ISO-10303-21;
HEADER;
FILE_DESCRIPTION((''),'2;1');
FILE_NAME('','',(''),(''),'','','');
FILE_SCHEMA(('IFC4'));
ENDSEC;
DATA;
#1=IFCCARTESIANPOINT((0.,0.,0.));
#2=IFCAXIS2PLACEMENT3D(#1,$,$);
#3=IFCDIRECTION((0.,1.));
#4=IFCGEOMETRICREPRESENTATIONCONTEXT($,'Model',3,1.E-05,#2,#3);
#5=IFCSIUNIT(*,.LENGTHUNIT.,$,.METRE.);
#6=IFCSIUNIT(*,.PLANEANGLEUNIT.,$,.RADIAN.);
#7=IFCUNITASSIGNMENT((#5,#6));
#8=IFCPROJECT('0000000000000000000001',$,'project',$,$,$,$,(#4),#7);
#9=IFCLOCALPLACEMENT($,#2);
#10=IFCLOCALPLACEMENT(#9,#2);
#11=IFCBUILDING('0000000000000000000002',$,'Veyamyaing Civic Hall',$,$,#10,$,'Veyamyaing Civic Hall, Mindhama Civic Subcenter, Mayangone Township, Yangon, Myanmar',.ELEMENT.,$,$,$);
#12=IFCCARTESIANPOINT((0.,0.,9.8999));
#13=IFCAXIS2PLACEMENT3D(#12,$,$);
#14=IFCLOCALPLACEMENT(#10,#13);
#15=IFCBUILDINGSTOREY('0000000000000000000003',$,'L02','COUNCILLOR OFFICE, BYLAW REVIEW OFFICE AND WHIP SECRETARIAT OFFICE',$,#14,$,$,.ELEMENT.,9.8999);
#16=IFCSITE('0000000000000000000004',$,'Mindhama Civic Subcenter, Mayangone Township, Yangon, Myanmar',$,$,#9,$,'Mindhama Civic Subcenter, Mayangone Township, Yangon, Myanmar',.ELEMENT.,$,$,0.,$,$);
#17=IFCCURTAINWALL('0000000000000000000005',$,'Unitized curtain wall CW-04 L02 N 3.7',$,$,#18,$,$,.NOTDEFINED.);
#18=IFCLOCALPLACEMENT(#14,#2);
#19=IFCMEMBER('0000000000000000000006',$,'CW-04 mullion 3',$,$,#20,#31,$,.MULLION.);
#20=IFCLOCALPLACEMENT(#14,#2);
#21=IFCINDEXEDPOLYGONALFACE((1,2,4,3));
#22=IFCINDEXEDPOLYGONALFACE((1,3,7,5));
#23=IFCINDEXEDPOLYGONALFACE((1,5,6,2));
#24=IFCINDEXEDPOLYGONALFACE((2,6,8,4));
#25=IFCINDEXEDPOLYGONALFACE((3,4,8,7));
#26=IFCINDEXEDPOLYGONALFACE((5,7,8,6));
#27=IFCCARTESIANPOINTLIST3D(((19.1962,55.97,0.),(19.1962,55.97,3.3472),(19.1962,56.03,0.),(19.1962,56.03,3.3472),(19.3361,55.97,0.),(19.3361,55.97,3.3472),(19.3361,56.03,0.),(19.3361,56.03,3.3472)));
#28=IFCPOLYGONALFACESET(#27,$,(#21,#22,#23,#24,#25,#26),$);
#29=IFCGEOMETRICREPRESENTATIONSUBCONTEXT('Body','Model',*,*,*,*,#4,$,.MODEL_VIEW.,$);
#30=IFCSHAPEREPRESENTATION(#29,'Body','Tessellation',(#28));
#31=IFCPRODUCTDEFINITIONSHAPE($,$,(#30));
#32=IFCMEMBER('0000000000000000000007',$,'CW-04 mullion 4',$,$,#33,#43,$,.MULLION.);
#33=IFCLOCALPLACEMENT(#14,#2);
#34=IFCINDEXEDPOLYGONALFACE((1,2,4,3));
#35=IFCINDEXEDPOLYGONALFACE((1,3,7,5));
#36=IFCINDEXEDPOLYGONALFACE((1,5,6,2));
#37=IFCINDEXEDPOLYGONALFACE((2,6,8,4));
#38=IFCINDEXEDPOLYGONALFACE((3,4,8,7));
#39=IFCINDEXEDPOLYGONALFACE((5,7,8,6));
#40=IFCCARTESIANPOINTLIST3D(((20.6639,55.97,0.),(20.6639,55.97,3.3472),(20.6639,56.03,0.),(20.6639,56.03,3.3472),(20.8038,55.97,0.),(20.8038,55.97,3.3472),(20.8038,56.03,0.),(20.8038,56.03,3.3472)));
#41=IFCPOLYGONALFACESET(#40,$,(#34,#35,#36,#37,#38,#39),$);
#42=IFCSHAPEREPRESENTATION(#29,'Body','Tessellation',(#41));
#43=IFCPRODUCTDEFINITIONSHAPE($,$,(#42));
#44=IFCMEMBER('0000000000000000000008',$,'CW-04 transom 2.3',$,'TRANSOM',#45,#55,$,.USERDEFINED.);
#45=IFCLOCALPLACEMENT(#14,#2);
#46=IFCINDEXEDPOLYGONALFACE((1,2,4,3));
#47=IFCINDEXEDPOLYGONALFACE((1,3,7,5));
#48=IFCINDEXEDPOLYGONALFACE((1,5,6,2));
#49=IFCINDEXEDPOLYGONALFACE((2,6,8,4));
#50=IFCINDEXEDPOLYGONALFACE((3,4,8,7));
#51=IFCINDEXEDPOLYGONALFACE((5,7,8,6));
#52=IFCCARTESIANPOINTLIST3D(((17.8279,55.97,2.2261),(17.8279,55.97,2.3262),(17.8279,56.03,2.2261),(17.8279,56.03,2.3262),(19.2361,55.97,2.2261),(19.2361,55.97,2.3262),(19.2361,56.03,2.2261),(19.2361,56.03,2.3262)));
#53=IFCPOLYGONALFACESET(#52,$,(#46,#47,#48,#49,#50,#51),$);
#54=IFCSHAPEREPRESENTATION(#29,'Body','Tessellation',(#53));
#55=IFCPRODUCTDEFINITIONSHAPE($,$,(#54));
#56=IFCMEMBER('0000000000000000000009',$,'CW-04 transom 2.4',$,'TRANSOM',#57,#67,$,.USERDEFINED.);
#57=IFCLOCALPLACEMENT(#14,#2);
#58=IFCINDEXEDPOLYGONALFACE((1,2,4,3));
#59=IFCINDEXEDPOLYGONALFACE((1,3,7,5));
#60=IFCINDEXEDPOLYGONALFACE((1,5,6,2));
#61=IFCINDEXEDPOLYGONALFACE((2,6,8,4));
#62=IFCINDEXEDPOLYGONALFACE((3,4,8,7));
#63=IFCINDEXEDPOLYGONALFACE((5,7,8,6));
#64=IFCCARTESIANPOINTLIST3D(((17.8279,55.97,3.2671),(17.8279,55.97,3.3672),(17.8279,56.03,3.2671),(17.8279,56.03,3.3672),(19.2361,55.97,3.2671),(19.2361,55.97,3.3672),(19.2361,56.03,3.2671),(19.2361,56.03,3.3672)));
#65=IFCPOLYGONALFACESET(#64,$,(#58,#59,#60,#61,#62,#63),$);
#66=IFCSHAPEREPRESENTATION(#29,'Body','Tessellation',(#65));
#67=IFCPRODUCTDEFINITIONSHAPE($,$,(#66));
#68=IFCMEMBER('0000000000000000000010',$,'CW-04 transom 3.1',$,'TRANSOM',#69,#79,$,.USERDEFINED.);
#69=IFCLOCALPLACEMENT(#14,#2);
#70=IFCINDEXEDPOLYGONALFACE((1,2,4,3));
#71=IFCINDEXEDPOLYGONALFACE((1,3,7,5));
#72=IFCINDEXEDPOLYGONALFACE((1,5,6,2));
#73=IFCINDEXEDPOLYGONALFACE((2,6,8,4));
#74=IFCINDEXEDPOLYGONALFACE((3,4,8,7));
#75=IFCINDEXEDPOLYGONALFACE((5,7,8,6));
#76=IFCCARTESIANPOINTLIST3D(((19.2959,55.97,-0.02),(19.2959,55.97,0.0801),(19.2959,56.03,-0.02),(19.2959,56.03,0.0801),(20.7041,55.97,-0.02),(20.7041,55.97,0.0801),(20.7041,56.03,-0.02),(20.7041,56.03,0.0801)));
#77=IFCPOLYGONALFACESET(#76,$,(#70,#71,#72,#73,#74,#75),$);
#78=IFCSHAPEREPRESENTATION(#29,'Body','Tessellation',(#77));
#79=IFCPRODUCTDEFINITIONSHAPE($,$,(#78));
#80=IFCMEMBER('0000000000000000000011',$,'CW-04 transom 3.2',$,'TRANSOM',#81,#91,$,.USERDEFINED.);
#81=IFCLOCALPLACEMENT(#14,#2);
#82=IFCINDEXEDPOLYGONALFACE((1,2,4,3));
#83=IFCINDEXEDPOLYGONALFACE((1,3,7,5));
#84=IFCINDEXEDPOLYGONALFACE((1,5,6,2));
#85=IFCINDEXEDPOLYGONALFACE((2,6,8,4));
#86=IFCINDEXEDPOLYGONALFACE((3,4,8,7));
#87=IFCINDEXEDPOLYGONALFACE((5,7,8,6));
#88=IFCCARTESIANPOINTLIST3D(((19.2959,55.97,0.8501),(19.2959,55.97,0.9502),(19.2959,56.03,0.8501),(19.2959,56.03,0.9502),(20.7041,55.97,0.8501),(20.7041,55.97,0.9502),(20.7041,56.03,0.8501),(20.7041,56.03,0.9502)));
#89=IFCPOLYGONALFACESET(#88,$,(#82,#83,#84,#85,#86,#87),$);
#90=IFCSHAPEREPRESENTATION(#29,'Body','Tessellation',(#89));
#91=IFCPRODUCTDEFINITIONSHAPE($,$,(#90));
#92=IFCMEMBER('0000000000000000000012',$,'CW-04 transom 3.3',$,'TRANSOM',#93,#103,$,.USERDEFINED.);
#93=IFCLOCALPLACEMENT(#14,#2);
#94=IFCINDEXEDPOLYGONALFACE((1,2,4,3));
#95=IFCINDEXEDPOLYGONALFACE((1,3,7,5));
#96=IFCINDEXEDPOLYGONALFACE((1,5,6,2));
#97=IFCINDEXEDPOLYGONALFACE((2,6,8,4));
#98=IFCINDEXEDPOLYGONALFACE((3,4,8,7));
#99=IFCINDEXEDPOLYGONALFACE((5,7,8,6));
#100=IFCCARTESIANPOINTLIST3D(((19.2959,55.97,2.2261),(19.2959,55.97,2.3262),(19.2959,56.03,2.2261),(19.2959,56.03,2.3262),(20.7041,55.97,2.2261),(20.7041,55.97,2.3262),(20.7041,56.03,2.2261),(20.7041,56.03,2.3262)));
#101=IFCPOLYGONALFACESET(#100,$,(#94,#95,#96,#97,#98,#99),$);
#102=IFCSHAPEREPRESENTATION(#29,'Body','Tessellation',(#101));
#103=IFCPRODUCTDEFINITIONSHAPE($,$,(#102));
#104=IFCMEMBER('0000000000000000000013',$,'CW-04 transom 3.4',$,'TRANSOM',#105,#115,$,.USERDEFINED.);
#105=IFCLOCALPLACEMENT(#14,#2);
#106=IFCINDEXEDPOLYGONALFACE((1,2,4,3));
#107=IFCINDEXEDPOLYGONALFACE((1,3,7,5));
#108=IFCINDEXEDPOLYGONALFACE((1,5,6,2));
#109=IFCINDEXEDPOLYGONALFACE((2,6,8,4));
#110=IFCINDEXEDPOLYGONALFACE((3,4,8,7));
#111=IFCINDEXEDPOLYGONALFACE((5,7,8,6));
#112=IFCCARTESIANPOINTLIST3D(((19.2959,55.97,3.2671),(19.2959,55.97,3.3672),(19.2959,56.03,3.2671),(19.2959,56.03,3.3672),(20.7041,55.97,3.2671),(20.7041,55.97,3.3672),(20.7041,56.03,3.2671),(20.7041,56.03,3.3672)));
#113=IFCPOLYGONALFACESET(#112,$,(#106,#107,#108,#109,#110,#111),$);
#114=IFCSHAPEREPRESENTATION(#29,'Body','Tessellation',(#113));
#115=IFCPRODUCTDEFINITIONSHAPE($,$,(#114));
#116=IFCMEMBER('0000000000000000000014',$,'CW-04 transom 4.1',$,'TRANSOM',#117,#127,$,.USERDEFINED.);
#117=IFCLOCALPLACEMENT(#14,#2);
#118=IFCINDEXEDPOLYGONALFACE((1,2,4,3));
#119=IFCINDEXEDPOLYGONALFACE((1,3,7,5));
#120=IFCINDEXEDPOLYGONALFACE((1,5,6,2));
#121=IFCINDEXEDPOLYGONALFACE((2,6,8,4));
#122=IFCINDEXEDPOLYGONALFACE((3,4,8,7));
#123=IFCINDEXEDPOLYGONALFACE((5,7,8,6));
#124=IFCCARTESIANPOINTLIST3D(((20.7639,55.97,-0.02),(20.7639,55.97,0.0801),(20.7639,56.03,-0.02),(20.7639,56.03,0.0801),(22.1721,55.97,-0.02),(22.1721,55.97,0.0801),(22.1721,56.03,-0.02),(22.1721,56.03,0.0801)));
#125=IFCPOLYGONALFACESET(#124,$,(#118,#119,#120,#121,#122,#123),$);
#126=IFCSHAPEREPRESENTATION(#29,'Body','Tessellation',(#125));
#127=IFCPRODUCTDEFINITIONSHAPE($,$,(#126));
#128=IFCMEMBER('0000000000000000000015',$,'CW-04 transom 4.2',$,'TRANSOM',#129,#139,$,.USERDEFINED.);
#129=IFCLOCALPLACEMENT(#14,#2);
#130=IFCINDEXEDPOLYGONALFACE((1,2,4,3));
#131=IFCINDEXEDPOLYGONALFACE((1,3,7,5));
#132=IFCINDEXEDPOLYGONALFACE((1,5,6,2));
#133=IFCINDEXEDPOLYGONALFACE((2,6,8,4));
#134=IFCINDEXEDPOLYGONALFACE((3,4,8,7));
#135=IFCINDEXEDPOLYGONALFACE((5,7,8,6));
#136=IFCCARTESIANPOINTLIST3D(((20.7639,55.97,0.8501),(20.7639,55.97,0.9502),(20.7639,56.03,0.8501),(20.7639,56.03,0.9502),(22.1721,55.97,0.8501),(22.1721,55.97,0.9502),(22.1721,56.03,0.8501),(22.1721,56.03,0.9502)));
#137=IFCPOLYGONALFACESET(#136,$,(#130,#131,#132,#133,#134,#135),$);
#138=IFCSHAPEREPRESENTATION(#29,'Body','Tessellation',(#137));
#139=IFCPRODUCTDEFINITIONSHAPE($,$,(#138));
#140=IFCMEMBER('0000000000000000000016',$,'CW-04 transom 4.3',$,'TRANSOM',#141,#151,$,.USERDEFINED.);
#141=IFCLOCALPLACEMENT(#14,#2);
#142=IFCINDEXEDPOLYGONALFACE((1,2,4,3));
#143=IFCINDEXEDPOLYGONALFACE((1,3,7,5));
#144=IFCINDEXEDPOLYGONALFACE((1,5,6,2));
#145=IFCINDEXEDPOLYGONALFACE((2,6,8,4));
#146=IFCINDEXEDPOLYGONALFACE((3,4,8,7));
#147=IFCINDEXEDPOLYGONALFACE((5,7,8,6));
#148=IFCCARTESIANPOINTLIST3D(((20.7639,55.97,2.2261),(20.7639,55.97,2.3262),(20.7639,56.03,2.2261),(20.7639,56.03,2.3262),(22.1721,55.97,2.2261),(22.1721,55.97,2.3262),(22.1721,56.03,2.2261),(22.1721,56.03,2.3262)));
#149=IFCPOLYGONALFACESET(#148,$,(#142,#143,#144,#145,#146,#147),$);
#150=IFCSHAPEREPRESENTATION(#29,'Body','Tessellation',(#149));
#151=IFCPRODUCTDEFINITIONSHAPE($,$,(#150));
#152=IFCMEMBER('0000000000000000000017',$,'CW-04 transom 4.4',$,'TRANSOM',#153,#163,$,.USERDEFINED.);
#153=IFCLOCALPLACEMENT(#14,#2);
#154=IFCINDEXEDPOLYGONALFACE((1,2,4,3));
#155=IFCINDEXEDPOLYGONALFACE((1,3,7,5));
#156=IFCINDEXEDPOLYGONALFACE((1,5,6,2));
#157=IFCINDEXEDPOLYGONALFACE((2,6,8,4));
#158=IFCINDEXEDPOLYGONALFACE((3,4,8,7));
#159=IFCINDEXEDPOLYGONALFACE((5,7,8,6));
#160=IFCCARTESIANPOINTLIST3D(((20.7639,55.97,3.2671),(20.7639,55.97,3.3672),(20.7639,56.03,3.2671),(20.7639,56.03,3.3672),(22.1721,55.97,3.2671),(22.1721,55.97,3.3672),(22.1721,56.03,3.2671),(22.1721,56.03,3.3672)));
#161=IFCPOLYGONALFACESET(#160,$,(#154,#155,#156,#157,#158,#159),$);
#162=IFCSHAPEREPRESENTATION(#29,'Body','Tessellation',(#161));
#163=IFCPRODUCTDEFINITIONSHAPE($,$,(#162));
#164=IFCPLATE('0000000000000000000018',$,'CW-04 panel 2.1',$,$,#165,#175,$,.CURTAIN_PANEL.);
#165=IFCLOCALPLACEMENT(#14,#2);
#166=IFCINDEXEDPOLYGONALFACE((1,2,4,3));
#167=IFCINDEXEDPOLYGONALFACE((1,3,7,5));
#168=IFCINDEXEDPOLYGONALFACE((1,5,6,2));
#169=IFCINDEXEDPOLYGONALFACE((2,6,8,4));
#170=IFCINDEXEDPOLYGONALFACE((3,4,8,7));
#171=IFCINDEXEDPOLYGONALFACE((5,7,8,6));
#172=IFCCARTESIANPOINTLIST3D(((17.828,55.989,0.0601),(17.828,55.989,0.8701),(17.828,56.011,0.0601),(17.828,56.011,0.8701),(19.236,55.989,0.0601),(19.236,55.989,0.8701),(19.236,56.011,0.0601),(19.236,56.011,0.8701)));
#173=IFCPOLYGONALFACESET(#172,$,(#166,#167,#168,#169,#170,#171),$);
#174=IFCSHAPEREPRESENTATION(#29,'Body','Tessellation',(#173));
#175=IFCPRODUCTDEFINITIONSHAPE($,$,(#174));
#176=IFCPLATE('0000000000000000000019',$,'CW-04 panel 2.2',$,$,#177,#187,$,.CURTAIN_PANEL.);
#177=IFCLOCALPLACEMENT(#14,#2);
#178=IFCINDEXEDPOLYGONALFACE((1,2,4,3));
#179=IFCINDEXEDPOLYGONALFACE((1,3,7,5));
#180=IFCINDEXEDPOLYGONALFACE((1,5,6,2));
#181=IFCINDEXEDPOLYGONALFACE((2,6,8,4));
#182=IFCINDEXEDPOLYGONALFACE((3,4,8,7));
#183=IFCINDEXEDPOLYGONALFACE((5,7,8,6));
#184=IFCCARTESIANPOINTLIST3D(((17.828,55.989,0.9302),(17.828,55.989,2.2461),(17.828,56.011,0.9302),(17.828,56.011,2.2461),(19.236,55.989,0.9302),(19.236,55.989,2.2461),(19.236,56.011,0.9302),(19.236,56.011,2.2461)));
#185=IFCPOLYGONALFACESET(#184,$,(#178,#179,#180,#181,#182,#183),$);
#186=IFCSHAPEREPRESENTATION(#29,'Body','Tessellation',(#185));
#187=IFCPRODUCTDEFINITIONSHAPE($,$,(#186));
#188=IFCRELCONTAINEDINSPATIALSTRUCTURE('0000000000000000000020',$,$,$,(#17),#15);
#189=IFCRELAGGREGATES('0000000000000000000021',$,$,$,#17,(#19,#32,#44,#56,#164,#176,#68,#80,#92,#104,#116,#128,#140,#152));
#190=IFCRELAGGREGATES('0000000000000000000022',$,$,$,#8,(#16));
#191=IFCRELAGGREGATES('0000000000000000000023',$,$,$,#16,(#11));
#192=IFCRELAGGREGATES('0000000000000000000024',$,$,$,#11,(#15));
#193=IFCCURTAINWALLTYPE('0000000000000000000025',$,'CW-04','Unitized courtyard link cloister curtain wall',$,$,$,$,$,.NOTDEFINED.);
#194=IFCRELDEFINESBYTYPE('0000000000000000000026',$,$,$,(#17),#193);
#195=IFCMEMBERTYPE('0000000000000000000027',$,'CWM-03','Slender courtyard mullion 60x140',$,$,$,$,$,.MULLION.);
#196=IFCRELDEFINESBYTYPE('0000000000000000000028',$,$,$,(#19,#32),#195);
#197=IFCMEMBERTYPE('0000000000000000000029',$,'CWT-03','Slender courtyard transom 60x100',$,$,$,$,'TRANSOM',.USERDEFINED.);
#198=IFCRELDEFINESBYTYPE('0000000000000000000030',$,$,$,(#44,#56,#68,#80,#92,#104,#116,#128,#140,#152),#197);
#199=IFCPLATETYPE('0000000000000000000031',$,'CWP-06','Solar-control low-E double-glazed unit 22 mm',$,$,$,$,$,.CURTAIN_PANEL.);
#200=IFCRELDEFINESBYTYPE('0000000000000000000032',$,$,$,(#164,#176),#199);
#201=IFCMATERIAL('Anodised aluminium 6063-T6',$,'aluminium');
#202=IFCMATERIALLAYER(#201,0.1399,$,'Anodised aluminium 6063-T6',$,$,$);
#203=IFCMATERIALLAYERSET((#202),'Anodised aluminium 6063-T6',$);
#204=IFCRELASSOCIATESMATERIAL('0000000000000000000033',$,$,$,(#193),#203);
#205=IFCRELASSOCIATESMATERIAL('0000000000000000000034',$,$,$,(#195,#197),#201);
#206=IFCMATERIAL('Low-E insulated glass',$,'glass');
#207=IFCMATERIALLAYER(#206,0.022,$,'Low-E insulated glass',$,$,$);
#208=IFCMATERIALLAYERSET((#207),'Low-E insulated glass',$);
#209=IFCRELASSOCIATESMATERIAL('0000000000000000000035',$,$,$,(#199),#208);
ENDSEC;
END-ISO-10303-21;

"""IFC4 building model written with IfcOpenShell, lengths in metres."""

from ifc_helpers import new_model, si_unit, direction, frame, origin, origin_2d, place, context, subcontext, project, spatial, rectangle, extrude, material, layer, layer_set, material_profile, profile_set, type_object, element, aggregate, save


model = new_model("IFC4")

# Units and contexts
model_context = context("Model", 3, precision=1e-05, world=origin(), true_north=direction((0.0, 1.0)))
body_context = subcontext(model_context, "Body", "Model", "MODEL_VIEW")
ifc_project = project(units=[si_unit("LENGTHUNIT", "METRE"), si_unit("PLANEANGLEUNIT", "RADIAN")], contexts=[model_context])

# Site, building, storey
site_placement = place(None, origin())
site = spatial("IfcSite", under=ifc_project, at=site_placement, Name="Mindhama Civic Subcenter, Mayangone Township, Yangon, Myanmar", LongName="Mindhama Civic Subcenter, Mayangone Township, Yangon, Myanmar", CompositionType="ELEMENT", RefElevation=0.0)
building_placement = place(site_placement, origin())
building = spatial("IfcBuilding", under=site, at=building_placement, Name="Veyamyaing Civic Hall", LongName="Veyamyaing Civic Hall, Mindhama Civic Subcenter, Mayangone Township, Yangon, Myanmar", CompositionType="ELEMENT")
storey_placement = place(building_placement, frame((0.0, 0.0, 9.8999)))
storey = spatial("IfcBuildingStorey", under=building, at=storey_placement, Name="L02", Description="COUNCILLOR OFFICE, BYLAW REVIEW OFFICE AND WHIP SECRETARIAT OFFICE", CompositionType="ELEMENT", Elevation=9.8999)

# Curtain wall, members, plates
ifc_material_1 = material(Name="Anodised aluminium 6063-T6", Category="aluminium")
ifc_layer_1 = layer(ifc_material_1, 0.1399, Name="Anodised aluminium 6063-T6")
ifc_layer_set_1 = layer_set([ifc_layer_1], Name="Anodised aluminium 6063-T6")
curtain_wall_type = type_object("IfcCurtainWallType", Name="CW-04", Description="Unitized courtyard link cloister curtain wall", PredefinedType="NOTDEFINED", material=ifc_layer_set_1)
curtain_wall_placement = place(storey_placement, origin())
curtain_wall = element("IfcCurtainWall", 1, at=curtain_wall_placement, inside=storey, type_object=curtain_wall_type, Name="Unitized curtain wall CW-04 L02 N 3.7", PredefinedType="NOTDEFINED")
ifc_material_profile_1 = material_profile(ifc_material_1, rectangle(XDim=0.0601, YDim=0.1399, at=origin_2d()), Name="ALU-MUL-60X140")
ifc_profile_set_1 = profile_set([ifc_material_profile_1], Name="Anodised aluminium 6063-T6")
member_type_1 = type_object("IfcMemberType", Name="CWM-03", Description="Slender courtyard mullion 60x140", PredefinedType="MULLION", material=ifc_profile_set_1)
member_1_placement = place(storey_placement, frame((19.2661, 56.0, 0.0), z_axis=(0.0, 0.0, 1.0), x_axis=(0.0, 1.0, 0.0)))
member_1 = element("IfcMember", 2, at=member_1_placement, type_object=member_type_1, Name="CW-04 mullion 3", PredefinedType="MULLION", context=body_context, shape_type="SweptSolid", body=[
    extrude(rectangle(XDim=0.0601, YDim=0.1399, at=origin_2d()), origin(), (0.0, 0.0, 1.0), 3.3472),
])
member_2_placement = place(storey_placement, frame((20.7339, 56.0, 0.0), z_axis=(0.0, 0.0, 1.0), x_axis=(0.0, 1.0, 0.0)))
member_2 = element("IfcMember", 3, at=member_2_placement, type_object=member_type_1, Name="CW-04 mullion 4", PredefinedType="MULLION", context=body_context, shape_type="SweptSolid", body=[
    extrude(rectangle(XDim=0.0601, YDim=0.1399, at=origin_2d()), origin(), (0.0, 0.0, 1.0), 3.3472),
])
ifc_material_profile_2 = material_profile(ifc_material_1, rectangle(XDim=0.0601, YDim=0.1001, at=origin_2d()), Name="ALU-TRN-60X100")
ifc_profile_set_2 = profile_set([ifc_material_profile_2], Name="Anodised aluminium 6063-T6")
member_type_2 = type_object("IfcMemberType", Name="CWT-03", Description="Slender courtyard transom 60x100", ElementType="TRANSOM", PredefinedType="USERDEFINED", material=ifc_profile_set_2)
member_3_placement = place(storey_placement, frame((17.8279, 56.0, 2.2761), z_axis=(1.0, 0.0, 0.0), x_axis=(0.0, 1.0, 0.0)))
member_3 = element("IfcMember", 4, at=member_3_placement, type_object=member_type_2, Name="CW-04 transom 2.3", ObjectType="TRANSOM", PredefinedType="USERDEFINED", context=body_context, shape_type="SweptSolid", body=[
    extrude(rectangle(XDim=0.0601, YDim=0.1001, at=origin_2d()), origin(), (0.0, 0.0, 1.0), 1.4082),
])
member_4_placement = place(storey_placement, frame((17.8279, 56.0, 3.3171), z_axis=(1.0, 0.0, 0.0), x_axis=(0.0, 1.0, 0.0)))
member_4 = element("IfcMember", 5, at=member_4_placement, type_object=member_type_2, Name="CW-04 transom 2.4", ObjectType="TRANSOM", PredefinedType="USERDEFINED", context=body_context, shape_type="SweptSolid", body=[
    extrude(rectangle(XDim=0.0601, YDim=0.1001, at=origin_2d()), origin(), (0.0, 0.0, 1.0), 1.4082),
])
member_5_placement = place(storey_placement, frame((19.2959, 56.0, 0.03), z_axis=(1.0, 0.0, 0.0), x_axis=(0.0, 1.0, 0.0)))
member_5 = element("IfcMember", 6, at=member_5_placement, type_object=member_type_2, Name="CW-04 transom 3.1", ObjectType="TRANSOM", PredefinedType="USERDEFINED", context=body_context, shape_type="SweptSolid", body=[
    extrude(rectangle(XDim=0.0601, YDim=0.1001, at=origin_2d()), origin(), (0.0, 0.0, 1.0), 1.4082),
])
member_6_placement = place(storey_placement, frame((19.2959, 56.0, 0.9001), z_axis=(1.0, 0.0, 0.0), x_axis=(0.0, 1.0, 0.0)))
member_6 = element("IfcMember", 7, at=member_6_placement, type_object=member_type_2, Name="CW-04 transom 3.2", ObjectType="TRANSOM", PredefinedType="USERDEFINED", context=body_context, shape_type="SweptSolid", body=[
    extrude(rectangle(XDim=0.0601, YDim=0.1001, at=origin_2d()), origin(), (0.0, 0.0, 1.0), 1.4082),
])
member_7_placement = place(storey_placement, frame((19.2959, 56.0, 2.2761), z_axis=(1.0, 0.0, 0.0), x_axis=(0.0, 1.0, 0.0)))
member_7 = element("IfcMember", 8, at=member_7_placement, type_object=member_type_2, Name="CW-04 transom 3.3", ObjectType="TRANSOM", PredefinedType="USERDEFINED", context=body_context, shape_type="SweptSolid", body=[
    extrude(rectangle(XDim=0.0601, YDim=0.1001, at=origin_2d()), origin(), (0.0, 0.0, 1.0), 1.4082),
])
member_8_placement = place(storey_placement, frame((19.2959, 56.0, 3.3171), z_axis=(1.0, 0.0, 0.0), x_axis=(0.0, 1.0, 0.0)))
member_8 = element("IfcMember", 9, at=member_8_placement, type_object=member_type_2, Name="CW-04 transom 3.4", ObjectType="TRANSOM", PredefinedType="USERDEFINED", context=body_context, shape_type="SweptSolid", body=[
    extrude(rectangle(XDim=0.0601, YDim=0.1001, at=origin_2d()), origin(), (0.0, 0.0, 1.0), 1.4082),
])
member_9_placement = place(storey_placement, frame((20.7639, 56.0, 0.03), z_axis=(1.0, 0.0, 0.0), x_axis=(0.0, 1.0, 0.0)))
member_9 = element("IfcMember", 10, at=member_9_placement, type_object=member_type_2, Name="CW-04 transom 4.1", ObjectType="TRANSOM", PredefinedType="USERDEFINED", context=body_context, shape_type="SweptSolid", body=[
    extrude(rectangle(XDim=0.0601, YDim=0.1001, at=origin_2d()), origin(), (0.0, 0.0, 1.0), 1.4082),
])
member_10_placement = place(storey_placement, frame((20.7639, 56.0, 0.9001), z_axis=(1.0, 0.0, 0.0), x_axis=(0.0, 1.0, 0.0)))
member_10 = element("IfcMember", 11, at=member_10_placement, type_object=member_type_2, Name="CW-04 transom 4.2", ObjectType="TRANSOM", PredefinedType="USERDEFINED", context=body_context, shape_type="SweptSolid", body=[
    extrude(rectangle(XDim=0.0601, YDim=0.1001, at=origin_2d()), origin(), (0.0, 0.0, 1.0), 1.4082),
])
member_11_placement = place(storey_placement, frame((20.7639, 56.0, 2.2761), z_axis=(1.0, 0.0, 0.0), x_axis=(0.0, 1.0, 0.0)))
member_11 = element("IfcMember", 12, at=member_11_placement, type_object=member_type_2, Name="CW-04 transom 4.3", ObjectType="TRANSOM", PredefinedType="USERDEFINED", context=body_context, shape_type="SweptSolid", body=[
    extrude(rectangle(XDim=0.0601, YDim=0.1001, at=origin_2d()), origin(), (0.0, 0.0, 1.0), 1.4082),
])
member_12_placement = place(storey_placement, frame((20.7639, 56.0, 3.3171), z_axis=(1.0, 0.0, 0.0), x_axis=(0.0, 1.0, 0.0)))
member_12 = element("IfcMember", 13, at=member_12_placement, type_object=member_type_2, Name="CW-04 transom 4.4", ObjectType="TRANSOM", PredefinedType="USERDEFINED", context=body_context, shape_type="SweptSolid", body=[
    extrude(rectangle(XDim=0.0601, YDim=0.1001, at=origin_2d()), origin(), (0.0, 0.0, 1.0), 1.4082),
])
ifc_material_2 = material(Name="Low-E insulated glass", Category="glass")
ifc_layer_2 = layer(ifc_material_2, 0.022, Name="Low-E insulated glass")
ifc_layer_set_2 = layer_set([ifc_layer_2], Name="Low-E insulated glass")
plate_type = type_object("IfcPlateType", Name="CWP-06", Description="Solar-control low-E double-glazed unit 22 mm", PredefinedType="CURTAIN_PANEL", material=ifc_layer_set_2)
plate_1_placement = place(storey_placement, frame((18.532, 56.0, 0.0601), z_axis=(0.0, 0.0, 1.0), x_axis=(1.0, 0.0, 0.0)))
plate_1 = element("IfcPlate", 14, at=plate_1_placement, type_object=plate_type, Name="CW-04 panel 2.1", PredefinedType="CURTAIN_PANEL", context=body_context, shape_type="SweptSolid", body=[
    extrude(rectangle(XDim=1.408, YDim=0.022, at=origin_2d()), origin(), (0.0, 0.0, 1.0), 0.8101),
])
plate_2_placement = place(storey_placement, frame((18.532, 56.0, 0.9302), z_axis=(0.0, 0.0, 1.0), x_axis=(1.0, 0.0, 0.0)))
plate_2 = element("IfcPlate", 15, at=plate_2_placement, type_object=plate_type, Name="CW-04 panel 2.2", PredefinedType="CURTAIN_PANEL", context=body_context, shape_type="SweptSolid", body=[
    extrude(rectangle(XDim=1.408, YDim=0.022, at=origin_2d()), origin(), (0.0, 0.0, 1.0), 1.3159),
])
aggregate(curtain_wall, [member_1, member_2, member_3, member_4, plate_1, plate_2, member_5, member_6, member_7, member_8, member_9, member_10, member_11, member_12])

save(model, "model.ifc")
